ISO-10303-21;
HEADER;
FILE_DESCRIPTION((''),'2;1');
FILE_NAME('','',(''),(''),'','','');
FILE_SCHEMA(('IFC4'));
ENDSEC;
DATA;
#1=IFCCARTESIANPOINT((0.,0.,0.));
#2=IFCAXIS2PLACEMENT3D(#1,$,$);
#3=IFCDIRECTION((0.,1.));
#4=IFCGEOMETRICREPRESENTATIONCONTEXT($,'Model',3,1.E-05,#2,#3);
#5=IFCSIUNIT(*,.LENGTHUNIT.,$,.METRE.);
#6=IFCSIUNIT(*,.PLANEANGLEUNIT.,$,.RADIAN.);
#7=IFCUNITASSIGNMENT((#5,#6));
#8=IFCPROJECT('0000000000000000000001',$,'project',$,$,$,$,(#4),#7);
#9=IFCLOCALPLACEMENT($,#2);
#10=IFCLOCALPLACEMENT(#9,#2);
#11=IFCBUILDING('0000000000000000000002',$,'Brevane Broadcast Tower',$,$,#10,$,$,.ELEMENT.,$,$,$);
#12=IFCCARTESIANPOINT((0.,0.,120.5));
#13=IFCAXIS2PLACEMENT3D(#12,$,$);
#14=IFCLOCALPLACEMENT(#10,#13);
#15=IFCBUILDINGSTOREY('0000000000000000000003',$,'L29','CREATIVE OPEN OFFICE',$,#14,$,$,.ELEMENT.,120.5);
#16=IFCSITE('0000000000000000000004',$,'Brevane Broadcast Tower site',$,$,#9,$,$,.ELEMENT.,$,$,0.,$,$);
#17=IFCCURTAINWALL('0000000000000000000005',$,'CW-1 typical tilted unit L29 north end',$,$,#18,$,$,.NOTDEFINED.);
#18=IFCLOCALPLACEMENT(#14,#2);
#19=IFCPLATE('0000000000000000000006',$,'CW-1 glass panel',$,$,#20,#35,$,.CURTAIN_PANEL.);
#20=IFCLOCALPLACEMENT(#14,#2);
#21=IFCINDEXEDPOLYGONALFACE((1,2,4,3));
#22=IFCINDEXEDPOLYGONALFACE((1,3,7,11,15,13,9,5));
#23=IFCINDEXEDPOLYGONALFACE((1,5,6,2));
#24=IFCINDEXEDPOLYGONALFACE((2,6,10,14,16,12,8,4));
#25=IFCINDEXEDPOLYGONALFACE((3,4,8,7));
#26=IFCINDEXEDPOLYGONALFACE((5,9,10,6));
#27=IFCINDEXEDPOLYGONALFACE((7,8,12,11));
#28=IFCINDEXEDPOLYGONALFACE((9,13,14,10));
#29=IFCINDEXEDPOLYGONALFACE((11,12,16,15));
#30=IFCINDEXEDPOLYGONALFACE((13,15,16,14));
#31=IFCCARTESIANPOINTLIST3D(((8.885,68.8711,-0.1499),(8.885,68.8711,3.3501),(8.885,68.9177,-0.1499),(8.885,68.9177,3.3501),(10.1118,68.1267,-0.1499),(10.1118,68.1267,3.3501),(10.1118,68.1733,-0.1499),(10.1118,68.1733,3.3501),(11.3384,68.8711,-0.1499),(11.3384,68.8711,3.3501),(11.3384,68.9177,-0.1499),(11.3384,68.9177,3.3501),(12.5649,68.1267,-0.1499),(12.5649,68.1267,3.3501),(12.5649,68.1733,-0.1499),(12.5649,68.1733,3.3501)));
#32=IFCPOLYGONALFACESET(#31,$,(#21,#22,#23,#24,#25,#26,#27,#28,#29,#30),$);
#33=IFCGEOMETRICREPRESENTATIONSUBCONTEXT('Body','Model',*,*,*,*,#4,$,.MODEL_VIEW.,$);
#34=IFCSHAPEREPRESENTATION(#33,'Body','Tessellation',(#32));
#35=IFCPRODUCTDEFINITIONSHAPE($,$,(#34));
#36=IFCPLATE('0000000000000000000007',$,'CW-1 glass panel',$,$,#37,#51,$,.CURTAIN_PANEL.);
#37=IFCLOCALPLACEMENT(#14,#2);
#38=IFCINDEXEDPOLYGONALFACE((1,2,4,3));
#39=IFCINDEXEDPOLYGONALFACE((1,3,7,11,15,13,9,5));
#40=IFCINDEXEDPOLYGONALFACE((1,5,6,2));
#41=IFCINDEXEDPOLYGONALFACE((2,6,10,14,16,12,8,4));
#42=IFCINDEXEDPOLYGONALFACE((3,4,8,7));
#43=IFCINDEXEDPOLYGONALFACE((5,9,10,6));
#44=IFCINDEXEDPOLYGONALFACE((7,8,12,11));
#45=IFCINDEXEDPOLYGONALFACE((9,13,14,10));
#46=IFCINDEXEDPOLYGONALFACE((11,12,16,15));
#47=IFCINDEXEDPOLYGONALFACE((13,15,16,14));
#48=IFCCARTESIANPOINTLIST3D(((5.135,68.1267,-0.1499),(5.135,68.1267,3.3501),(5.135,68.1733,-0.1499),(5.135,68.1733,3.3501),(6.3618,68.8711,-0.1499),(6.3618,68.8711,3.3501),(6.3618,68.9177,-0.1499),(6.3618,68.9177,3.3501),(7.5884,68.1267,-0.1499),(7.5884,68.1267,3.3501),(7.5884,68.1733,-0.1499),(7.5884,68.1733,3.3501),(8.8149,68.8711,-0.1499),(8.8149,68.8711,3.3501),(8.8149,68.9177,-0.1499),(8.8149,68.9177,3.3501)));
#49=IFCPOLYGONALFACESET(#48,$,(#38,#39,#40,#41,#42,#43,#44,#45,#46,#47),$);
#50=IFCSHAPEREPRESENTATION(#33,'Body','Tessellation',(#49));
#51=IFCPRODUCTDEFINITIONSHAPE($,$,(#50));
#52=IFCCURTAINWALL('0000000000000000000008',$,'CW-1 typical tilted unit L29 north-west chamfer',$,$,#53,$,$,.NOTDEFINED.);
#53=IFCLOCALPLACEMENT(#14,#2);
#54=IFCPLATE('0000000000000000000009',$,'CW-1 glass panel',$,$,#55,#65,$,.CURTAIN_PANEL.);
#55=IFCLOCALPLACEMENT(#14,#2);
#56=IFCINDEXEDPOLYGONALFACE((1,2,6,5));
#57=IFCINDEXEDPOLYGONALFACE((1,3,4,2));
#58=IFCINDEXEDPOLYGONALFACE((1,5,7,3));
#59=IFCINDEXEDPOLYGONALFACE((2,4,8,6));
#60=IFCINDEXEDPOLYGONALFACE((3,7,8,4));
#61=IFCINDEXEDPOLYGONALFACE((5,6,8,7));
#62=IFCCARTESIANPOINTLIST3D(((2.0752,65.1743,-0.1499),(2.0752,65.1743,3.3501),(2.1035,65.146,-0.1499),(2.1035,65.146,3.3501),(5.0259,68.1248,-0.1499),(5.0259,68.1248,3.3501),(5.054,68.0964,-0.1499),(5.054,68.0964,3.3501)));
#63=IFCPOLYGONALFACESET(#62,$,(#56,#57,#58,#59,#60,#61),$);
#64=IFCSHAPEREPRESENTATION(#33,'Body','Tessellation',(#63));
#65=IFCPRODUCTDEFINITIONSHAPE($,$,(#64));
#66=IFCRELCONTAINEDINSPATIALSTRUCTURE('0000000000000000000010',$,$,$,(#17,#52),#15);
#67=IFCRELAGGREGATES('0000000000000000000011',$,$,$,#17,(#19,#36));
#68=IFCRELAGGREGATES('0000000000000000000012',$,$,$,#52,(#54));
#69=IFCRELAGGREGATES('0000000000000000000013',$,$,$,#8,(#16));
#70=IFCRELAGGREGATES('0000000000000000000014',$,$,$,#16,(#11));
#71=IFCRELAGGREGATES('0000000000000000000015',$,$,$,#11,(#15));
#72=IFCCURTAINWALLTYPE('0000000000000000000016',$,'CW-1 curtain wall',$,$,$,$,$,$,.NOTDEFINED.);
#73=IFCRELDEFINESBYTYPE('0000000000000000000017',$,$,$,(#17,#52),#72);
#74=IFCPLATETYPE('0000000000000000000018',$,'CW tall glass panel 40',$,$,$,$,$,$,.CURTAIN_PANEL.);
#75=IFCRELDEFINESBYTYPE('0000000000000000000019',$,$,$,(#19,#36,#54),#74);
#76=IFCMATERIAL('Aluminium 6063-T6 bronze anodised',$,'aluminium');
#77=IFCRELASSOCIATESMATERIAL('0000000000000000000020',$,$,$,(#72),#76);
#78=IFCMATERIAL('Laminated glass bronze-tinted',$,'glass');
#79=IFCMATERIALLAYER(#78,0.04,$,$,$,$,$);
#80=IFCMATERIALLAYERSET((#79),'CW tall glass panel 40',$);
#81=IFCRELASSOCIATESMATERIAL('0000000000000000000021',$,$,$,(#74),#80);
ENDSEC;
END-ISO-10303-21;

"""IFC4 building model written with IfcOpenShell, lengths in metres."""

from ifc_helpers import new_model, si_unit, direction, frame, origin, place, context, subcontext, project, spatial, polyline, outline, extrude, material, layer, layer_set, type_object, element, aggregate, save


model = new_model("IFC4")

# Units and contexts
model_context = context("Model", 3, precision=1e-05, world=origin(), true_north=direction((0.0, 1.0)))
body_context = subcontext(model_context, "Body", "Model", "MODEL_VIEW")
ifc_project = project(units=[si_unit("LENGTHUNIT", "METRE"), si_unit("PLANEANGLEUNIT", "RADIAN")], contexts=[model_context])

# Site, building, storey
site_placement = place(None, origin())
site = spatial("IfcSite", under=ifc_project, at=site_placement, Name="Brevane Broadcast Tower site", CompositionType="ELEMENT", RefElevation=0.0)
building_placement = place(site_placement, origin())
building = spatial("IfcBuilding", under=site, at=building_placement, Name="Brevane Broadcast Tower", CompositionType="ELEMENT")
storey_placement = place(building_placement, frame((0.0, 0.0, 120.5)))
storey = spatial("IfcBuildingStorey", under=building, at=storey_placement, Name="L29", Description="CREATIVE OPEN OFFICE", CompositionType="ELEMENT", Elevation=120.5)

# Shared definitions
ifc_material_1 = material(Name="Aluminium 6063-T6 bronze anodised", Category="aluminium")
curtain_wall_type = type_object("IfcCurtainWallType", Name="CW-1 curtain wall", PredefinedType="NOTDEFINED", material=ifc_material_1)

# Curtain wall, plates
ifc_material_2 = material(Name="Laminated glass bronze-tinted", Category="glass")
ifc_layer = layer(ifc_material_2, 0.04)
ifc_layer_set = layer_set([ifc_layer], Name="CW tall glass panel 40")
plate_type = type_object("IfcPlateType", Name="CW tall glass panel 40", PredefinedType="CURTAIN_PANEL", material=ifc_layer_set)
curtain_wall_1_placement = place(storey_placement, origin())
curtain_wall_1 = element("IfcCurtainWall", 1, at=curtain_wall_1_placement, inside=storey, type_object=curtain_wall_type, Name="CW-1 typical tilted unit L29 north end", PredefinedType="NOTDEFINED")
plate_1_placement = place(storey_placement, frame((0.0, 0.0, -0.1499)))
plate_1 = element("IfcPlate", 2, at=plate_1_placement, type_object=plate_type, Name="CW-1 glass panel", PredefinedType="CURTAIN_PANEL", context=body_context, shape_type="SweptSolid", body=[
    extrude(outline(polyline([(12.5649, 68.1267), (12.5649, 68.1733), (11.3384, 68.9177), (10.1118, 68.1733), (8.885, 68.9177), (8.885, 68.8711), (10.1118, 68.1267), (11.3384, 68.8711), (12.5649, 68.1267)])), origin(), (0.0, 0.0, 1.0), 3.5),
])
plate_2_placement = place(storey_placement, frame((0.0, 0.0, -0.1499)))
plate_2 = element("IfcPlate", 3, at=plate_2_placement, type_object=plate_type, Name="CW-1 glass panel", PredefinedType="CURTAIN_PANEL", context=body_context, shape_type="SweptSolid", body=[
    extrude(outline(polyline([(8.8149, 68.8711), (8.8149, 68.9177), (7.5884, 68.1733), (6.3618, 68.9177), (5.135, 68.1733), (5.135, 68.1267), (6.3618, 68.8711), (7.5884, 68.1267), (8.8149, 68.8711)])), origin(), (0.0, 0.0, 1.0), 3.5),
])
aggregate(curtain_wall_1, [plate_1, plate_2])

# Curtain wall, plate
curtain_wall_2_placement = place(storey_placement, origin())
curtain_wall_2 = element("IfcCurtainWall", 4, at=curtain_wall_2_placement, inside=storey, type_object=curtain_wall_type, Name="CW-1 typical tilted unit L29 north-west chamfer", PredefinedType="NOTDEFINED")
plate_3_placement = place(storey_placement, frame((0.0, 0.0, -0.1499)))
plate_3 = element("IfcPlate", 5, at=plate_3_placement, type_object=plate_type, Name="CW-1 glass panel", PredefinedType="CURTAIN_PANEL", context=body_context, shape_type="SweptSolid", body=[
    extrude(outline(polyline([(5.054, 68.0964), (2.1035, 65.146), (2.0752, 65.1743), (5.0259, 68.1248), (5.054, 68.0964)])), origin(), (0.0, 0.0, 1.0), 3.5),
])
aggregate(curtain_wall_2, [plate_3])

save(model, "model.ifc")
